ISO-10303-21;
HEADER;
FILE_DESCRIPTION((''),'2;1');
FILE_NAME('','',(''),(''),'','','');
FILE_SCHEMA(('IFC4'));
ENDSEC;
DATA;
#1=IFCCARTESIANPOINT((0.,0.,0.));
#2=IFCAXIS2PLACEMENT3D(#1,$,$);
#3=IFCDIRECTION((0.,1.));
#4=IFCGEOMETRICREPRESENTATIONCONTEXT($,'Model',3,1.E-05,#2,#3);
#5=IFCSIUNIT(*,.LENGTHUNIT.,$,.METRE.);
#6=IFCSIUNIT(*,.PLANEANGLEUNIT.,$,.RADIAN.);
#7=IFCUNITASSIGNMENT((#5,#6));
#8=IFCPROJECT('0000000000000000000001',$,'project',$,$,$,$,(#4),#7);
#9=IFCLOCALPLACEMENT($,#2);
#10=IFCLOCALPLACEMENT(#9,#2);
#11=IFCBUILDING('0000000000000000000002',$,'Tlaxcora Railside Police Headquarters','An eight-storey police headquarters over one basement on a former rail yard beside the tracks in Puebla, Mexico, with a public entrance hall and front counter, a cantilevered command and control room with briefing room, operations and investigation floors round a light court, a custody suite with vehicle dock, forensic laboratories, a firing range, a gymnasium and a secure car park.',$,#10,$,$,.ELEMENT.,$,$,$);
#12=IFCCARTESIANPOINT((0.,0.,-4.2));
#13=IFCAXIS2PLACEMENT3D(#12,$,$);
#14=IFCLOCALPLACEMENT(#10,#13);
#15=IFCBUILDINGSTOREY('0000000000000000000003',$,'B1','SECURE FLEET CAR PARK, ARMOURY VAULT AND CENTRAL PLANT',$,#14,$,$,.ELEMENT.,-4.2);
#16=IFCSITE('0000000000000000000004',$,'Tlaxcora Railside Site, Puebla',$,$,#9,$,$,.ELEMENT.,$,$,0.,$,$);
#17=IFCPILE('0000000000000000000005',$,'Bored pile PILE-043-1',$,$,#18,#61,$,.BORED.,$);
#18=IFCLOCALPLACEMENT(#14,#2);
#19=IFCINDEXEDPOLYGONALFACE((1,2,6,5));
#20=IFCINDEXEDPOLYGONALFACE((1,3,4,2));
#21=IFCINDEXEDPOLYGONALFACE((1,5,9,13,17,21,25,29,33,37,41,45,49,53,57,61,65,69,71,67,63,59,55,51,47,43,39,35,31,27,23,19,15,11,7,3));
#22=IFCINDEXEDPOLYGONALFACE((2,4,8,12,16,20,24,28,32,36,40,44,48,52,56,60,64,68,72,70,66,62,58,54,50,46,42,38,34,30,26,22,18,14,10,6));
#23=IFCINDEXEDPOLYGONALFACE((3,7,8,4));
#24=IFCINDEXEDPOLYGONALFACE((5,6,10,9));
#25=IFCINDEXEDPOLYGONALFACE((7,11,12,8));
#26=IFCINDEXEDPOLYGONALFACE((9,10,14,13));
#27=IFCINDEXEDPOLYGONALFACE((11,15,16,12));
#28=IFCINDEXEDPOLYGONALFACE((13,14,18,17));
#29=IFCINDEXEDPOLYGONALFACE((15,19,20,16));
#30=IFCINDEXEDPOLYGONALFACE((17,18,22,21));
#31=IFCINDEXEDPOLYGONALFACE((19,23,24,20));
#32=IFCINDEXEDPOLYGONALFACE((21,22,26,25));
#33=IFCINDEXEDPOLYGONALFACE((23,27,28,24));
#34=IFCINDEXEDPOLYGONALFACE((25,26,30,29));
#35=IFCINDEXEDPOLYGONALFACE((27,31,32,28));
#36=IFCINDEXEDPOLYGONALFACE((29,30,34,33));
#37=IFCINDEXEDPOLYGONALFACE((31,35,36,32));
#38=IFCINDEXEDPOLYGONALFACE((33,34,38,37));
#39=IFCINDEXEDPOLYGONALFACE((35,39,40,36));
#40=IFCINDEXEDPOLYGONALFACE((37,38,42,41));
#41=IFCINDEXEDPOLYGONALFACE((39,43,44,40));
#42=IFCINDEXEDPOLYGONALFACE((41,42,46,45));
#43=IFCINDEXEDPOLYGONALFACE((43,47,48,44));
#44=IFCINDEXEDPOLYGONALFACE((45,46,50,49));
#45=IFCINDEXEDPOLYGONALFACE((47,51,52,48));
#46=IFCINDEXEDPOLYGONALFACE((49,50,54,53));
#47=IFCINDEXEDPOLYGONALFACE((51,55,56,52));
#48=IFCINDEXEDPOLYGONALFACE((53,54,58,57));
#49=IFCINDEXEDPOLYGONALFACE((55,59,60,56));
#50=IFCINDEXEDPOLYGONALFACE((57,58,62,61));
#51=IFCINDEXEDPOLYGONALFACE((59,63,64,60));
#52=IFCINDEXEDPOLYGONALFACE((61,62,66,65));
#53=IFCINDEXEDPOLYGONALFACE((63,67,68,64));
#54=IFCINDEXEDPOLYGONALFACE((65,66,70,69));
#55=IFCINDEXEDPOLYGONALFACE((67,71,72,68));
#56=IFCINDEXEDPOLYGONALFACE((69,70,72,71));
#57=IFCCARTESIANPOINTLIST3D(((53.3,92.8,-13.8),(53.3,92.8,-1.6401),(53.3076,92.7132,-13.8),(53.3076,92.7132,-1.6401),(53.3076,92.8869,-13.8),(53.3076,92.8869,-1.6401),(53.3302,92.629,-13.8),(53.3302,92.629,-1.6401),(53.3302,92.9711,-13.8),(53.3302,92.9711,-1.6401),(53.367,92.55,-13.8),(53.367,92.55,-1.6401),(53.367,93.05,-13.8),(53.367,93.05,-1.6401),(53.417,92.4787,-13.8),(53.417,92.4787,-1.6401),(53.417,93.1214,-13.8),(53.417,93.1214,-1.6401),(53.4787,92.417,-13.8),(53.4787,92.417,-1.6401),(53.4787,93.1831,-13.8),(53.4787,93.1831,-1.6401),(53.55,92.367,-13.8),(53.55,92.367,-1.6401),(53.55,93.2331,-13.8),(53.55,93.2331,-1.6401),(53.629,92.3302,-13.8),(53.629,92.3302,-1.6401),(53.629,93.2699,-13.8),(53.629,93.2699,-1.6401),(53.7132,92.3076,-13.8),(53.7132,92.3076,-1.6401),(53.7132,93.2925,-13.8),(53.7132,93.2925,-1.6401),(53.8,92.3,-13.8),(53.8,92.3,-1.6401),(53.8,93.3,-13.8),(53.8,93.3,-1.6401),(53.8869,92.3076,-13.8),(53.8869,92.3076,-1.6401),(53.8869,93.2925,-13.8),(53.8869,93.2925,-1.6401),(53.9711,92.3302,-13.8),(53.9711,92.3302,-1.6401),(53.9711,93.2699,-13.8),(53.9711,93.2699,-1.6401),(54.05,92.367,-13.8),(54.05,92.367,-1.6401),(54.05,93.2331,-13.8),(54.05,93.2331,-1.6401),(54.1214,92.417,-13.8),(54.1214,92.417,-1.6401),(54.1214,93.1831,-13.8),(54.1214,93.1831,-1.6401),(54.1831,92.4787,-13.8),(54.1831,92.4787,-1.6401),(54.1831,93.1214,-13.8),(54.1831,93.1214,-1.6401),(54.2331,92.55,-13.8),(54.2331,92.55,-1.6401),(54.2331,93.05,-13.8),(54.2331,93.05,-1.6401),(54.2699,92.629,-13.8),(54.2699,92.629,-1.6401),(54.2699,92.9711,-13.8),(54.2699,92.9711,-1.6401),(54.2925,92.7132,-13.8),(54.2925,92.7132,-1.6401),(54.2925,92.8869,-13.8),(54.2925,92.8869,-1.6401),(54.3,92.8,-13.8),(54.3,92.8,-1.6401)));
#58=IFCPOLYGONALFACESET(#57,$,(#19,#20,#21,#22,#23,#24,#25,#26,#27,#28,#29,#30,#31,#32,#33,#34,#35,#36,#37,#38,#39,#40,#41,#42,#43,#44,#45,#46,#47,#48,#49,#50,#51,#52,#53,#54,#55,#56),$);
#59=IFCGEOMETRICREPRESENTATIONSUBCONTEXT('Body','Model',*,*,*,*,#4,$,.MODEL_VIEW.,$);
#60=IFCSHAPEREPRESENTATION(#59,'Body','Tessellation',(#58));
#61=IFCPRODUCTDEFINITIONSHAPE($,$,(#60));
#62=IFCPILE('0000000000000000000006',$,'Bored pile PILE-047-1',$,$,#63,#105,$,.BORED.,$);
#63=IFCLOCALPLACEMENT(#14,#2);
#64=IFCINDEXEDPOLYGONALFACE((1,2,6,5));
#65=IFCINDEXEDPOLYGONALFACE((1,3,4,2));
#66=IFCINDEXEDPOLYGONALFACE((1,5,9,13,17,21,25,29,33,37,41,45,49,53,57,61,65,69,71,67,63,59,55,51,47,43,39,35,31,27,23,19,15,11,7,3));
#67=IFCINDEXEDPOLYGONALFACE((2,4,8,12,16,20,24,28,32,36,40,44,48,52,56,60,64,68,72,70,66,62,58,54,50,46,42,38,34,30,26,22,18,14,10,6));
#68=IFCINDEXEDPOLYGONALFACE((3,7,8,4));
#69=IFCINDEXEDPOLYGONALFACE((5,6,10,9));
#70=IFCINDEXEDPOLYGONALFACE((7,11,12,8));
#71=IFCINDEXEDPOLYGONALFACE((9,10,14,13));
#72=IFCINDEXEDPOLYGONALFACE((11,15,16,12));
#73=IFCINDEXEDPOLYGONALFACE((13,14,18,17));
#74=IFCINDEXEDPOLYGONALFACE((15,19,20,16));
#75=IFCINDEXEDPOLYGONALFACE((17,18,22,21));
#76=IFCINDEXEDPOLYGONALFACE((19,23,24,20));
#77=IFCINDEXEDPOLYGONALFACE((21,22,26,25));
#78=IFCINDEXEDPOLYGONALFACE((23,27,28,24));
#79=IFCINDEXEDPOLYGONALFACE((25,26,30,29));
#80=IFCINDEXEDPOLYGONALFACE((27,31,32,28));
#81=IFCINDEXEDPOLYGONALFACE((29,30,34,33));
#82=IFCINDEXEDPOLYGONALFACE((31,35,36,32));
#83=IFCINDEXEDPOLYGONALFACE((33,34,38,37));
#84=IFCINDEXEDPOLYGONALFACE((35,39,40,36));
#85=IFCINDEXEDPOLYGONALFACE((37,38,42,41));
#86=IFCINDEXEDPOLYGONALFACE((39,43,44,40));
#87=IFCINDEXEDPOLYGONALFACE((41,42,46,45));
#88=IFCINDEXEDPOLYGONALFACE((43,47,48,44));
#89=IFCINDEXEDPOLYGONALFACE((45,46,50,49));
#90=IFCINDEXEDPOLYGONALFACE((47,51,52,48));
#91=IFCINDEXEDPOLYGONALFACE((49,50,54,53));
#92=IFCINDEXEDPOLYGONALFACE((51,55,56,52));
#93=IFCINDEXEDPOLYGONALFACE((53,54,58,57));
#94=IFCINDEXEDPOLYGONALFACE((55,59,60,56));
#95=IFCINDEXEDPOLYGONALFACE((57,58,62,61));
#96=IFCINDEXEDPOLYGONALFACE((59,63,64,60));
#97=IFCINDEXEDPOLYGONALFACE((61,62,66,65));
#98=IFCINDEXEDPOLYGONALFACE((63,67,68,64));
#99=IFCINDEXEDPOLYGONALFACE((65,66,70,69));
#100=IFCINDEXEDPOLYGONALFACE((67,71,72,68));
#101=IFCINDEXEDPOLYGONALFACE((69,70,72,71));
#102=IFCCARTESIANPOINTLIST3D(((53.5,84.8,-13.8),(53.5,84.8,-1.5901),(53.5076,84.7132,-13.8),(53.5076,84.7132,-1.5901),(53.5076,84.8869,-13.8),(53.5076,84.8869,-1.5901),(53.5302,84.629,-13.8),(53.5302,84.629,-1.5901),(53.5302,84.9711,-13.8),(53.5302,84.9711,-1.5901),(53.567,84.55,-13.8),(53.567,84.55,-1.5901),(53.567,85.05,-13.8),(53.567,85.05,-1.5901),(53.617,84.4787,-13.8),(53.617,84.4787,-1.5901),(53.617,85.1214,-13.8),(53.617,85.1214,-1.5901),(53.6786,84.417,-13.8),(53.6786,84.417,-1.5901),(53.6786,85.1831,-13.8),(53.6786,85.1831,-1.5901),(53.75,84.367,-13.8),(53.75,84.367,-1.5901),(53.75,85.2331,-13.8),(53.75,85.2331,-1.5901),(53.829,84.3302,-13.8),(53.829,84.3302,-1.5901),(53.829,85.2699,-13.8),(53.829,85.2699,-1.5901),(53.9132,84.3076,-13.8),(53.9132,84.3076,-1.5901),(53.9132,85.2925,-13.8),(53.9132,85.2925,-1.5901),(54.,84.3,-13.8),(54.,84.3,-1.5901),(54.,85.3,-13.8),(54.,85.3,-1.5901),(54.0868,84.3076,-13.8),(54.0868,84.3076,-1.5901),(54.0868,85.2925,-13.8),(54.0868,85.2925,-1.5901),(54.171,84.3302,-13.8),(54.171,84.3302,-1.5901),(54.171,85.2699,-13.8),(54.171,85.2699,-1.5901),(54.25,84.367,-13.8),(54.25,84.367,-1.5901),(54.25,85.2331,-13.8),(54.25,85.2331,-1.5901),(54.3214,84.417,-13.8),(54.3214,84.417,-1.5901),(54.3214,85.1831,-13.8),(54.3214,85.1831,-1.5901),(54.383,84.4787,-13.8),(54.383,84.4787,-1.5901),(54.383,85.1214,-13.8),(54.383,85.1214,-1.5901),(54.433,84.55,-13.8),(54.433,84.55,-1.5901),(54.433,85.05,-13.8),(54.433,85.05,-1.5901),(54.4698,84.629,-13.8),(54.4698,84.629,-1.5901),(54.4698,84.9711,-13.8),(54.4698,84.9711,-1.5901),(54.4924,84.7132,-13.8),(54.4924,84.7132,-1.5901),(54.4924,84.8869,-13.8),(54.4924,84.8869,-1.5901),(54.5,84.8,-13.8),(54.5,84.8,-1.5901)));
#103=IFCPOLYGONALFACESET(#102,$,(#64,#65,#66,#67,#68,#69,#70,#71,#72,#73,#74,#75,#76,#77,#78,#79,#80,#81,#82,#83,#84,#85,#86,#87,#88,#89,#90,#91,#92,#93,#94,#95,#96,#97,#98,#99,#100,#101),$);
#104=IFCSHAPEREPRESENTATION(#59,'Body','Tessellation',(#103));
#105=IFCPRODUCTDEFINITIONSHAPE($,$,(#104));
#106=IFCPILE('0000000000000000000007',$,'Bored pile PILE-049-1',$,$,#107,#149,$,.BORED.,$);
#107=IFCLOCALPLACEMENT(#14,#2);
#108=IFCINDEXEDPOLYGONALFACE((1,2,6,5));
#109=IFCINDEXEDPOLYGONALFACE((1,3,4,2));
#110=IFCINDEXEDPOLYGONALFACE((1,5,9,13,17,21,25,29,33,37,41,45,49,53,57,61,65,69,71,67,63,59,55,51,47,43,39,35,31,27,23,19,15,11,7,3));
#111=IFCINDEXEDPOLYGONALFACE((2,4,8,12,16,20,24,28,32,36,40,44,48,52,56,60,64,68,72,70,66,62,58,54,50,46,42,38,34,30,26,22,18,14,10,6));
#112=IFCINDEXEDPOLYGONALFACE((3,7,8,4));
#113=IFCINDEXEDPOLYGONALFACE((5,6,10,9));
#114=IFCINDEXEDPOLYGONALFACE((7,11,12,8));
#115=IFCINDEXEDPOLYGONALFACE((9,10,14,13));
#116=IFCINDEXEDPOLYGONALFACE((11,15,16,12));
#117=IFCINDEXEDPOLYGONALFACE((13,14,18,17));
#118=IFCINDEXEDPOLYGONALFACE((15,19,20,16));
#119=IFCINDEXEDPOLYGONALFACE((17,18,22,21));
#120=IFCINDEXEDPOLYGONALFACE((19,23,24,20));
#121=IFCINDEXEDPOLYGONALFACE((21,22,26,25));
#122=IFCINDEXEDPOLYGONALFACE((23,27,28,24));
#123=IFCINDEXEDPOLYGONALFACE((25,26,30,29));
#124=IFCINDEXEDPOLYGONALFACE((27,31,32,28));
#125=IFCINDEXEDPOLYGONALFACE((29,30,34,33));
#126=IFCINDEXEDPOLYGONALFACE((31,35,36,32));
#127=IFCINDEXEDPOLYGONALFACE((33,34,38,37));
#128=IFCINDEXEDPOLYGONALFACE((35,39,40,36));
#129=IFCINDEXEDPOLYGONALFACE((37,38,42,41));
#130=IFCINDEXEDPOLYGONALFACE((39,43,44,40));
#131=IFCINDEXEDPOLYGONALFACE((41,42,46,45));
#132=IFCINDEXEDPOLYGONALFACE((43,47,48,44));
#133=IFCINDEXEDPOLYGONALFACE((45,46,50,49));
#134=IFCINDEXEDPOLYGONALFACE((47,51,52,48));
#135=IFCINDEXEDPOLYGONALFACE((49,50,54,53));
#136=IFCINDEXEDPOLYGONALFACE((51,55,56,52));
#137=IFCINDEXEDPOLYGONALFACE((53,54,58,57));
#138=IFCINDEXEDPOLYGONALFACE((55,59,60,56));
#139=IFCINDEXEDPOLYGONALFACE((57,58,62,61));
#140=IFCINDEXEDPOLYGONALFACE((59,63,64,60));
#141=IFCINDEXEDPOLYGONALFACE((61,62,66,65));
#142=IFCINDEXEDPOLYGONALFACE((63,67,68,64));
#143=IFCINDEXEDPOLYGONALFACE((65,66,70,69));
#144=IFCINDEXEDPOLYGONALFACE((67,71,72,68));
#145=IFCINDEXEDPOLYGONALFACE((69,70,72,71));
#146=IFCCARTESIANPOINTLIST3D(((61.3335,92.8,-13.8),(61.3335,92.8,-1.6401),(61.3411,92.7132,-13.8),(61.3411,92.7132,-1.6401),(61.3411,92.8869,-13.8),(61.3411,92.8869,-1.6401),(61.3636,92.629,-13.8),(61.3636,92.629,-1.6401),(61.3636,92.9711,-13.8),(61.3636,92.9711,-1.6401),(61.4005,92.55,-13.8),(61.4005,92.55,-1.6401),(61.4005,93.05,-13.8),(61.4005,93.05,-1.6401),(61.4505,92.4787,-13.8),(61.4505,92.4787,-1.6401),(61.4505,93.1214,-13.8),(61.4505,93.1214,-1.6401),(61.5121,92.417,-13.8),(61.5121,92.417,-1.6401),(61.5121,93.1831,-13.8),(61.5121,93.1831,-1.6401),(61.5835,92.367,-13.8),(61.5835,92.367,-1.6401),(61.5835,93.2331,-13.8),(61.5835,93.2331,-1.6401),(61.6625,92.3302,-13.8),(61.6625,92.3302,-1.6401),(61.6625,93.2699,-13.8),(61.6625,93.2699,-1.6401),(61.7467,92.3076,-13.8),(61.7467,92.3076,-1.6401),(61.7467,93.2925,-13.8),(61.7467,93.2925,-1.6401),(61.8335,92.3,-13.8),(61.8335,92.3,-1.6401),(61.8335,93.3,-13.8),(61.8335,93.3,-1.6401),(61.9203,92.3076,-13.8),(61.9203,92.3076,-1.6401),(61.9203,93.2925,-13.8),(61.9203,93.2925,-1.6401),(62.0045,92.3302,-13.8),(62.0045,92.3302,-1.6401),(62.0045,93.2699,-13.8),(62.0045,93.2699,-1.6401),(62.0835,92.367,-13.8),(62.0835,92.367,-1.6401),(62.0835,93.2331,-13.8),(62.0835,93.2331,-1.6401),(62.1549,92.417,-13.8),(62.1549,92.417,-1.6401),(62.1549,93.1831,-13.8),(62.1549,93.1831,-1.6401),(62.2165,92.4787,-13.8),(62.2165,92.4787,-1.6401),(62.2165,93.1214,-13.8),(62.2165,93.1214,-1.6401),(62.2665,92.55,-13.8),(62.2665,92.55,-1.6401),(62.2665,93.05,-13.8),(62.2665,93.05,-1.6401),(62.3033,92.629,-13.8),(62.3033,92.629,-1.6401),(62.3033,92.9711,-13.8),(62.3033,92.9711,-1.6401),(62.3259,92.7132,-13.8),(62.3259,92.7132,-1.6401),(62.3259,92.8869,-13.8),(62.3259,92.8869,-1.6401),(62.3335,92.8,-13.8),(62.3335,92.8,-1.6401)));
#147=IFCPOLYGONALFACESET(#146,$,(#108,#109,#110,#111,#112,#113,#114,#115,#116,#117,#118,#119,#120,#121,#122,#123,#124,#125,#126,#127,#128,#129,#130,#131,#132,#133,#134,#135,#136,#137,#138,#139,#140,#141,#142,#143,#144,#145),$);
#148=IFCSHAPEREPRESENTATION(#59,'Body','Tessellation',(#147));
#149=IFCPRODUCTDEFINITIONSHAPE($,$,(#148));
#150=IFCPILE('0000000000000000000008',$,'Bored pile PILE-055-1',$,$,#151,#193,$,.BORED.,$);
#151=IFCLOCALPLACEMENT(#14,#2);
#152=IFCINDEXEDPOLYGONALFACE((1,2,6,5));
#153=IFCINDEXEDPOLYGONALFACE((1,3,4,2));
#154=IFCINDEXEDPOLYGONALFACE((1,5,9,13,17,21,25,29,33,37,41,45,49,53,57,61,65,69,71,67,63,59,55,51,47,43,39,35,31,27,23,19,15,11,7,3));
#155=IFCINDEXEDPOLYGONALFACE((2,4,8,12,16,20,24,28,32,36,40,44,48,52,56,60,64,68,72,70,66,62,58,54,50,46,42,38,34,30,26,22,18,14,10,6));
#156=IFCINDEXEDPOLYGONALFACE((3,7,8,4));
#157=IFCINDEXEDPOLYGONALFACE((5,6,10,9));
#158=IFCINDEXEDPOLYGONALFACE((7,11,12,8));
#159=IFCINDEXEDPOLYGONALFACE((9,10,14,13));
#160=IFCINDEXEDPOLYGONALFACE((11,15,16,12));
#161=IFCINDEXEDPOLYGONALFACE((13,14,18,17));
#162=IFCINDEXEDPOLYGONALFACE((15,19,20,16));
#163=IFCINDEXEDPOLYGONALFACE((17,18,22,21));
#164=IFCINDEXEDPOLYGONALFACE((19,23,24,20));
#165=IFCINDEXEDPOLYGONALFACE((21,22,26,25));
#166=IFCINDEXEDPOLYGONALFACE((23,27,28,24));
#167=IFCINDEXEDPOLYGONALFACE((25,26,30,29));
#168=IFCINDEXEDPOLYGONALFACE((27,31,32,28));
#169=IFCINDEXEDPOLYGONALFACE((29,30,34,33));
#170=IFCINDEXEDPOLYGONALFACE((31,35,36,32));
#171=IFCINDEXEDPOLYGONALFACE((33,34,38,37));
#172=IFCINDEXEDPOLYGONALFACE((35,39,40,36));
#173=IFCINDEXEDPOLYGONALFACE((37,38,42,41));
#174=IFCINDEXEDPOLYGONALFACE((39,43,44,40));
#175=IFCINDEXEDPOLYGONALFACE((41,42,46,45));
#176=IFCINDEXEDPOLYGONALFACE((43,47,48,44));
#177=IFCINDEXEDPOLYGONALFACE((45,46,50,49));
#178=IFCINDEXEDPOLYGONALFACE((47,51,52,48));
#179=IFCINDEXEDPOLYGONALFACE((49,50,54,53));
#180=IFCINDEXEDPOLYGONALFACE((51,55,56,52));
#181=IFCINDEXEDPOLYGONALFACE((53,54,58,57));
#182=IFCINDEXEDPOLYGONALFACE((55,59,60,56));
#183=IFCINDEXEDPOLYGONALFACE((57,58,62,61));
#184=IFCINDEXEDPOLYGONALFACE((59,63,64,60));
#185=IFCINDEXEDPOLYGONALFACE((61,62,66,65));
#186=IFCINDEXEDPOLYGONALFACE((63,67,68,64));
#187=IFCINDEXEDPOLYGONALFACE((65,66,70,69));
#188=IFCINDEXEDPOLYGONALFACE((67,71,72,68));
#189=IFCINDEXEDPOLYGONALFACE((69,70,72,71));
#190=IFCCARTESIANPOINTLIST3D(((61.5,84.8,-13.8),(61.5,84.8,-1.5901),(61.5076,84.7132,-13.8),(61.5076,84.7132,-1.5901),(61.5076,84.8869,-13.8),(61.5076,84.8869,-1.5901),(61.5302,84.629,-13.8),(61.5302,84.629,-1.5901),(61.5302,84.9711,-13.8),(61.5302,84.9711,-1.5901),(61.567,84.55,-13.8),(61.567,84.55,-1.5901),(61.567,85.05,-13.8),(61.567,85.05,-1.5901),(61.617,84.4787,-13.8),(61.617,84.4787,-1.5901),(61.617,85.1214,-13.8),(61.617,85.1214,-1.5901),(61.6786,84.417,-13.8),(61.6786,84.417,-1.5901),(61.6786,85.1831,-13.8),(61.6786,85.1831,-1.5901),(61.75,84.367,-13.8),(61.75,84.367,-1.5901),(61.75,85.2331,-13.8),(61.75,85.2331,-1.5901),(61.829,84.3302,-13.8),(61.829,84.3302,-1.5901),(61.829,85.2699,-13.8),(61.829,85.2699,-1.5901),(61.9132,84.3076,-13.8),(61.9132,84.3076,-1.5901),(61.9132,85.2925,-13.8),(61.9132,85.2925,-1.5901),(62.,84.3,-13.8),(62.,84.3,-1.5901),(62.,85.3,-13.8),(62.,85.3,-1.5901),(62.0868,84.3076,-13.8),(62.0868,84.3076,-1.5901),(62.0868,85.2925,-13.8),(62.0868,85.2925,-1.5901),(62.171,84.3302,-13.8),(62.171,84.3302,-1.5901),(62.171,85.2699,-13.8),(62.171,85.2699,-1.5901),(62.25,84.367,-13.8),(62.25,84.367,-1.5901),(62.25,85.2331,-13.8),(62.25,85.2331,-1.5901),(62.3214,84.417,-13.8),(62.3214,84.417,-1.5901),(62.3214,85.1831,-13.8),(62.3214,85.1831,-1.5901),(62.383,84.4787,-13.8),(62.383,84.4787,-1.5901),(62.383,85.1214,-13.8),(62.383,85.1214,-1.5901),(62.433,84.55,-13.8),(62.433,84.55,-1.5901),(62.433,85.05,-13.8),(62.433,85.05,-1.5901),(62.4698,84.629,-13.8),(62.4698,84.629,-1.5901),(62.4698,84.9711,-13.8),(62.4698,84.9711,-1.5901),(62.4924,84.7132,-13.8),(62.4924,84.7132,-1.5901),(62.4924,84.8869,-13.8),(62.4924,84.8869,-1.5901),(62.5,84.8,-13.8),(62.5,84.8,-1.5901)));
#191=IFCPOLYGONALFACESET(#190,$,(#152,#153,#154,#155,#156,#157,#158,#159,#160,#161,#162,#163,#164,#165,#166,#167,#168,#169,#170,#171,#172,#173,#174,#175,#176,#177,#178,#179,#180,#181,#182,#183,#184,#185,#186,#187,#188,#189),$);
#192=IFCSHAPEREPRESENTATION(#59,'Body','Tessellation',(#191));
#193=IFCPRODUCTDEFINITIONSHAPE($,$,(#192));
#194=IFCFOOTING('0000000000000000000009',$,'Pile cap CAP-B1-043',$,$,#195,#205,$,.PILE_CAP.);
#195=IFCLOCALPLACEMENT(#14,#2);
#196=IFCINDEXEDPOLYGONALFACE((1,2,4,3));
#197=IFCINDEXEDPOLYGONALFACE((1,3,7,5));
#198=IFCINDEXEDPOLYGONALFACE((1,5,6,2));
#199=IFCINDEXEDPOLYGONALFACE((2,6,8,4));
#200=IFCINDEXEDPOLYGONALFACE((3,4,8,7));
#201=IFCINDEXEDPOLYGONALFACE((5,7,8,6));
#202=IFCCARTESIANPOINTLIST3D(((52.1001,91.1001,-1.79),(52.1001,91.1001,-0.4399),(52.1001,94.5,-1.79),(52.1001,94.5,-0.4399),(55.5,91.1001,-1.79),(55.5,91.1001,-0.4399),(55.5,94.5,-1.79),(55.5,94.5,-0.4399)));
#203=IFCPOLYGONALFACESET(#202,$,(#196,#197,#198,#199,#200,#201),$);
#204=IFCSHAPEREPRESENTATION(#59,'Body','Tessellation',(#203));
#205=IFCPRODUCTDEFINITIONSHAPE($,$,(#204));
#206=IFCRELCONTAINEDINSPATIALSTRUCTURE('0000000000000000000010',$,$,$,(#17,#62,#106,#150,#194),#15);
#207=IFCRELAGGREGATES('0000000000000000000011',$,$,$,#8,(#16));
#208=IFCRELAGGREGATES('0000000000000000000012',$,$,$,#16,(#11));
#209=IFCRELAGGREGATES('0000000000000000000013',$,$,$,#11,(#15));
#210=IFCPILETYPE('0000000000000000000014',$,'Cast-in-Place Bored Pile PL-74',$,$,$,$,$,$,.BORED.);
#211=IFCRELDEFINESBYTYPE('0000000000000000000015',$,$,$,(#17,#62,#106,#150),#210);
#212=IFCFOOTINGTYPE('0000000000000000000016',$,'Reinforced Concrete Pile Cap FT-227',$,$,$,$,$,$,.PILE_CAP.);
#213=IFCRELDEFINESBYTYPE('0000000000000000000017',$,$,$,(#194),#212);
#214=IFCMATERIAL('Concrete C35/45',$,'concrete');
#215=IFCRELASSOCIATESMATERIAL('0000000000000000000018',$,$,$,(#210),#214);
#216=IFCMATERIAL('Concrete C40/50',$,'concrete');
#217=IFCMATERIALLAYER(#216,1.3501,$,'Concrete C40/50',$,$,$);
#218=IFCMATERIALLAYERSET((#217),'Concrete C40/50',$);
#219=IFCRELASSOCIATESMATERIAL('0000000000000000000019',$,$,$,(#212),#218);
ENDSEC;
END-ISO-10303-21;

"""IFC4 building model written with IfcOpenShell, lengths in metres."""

from ifc_helpers import new_model, si_unit, direction, frame, origin, origin_2d, place, context, subcontext, project, spatial, rectangle, circle, extrude, material, layer, layer_set, material_profile, profile_set, type_object, element, save


model = new_model("IFC4")

# Units and contexts
model_context = context("Model", 3, precision=1e-05, world=origin(), true_north=direction((0.0, 1.0)))
body_context = subcontext(model_context, "Body", "Model", "MODEL_VIEW")
ifc_project = project(units=[si_unit("LENGTHUNIT", "METRE"), si_unit("PLANEANGLEUNIT", "RADIAN")], contexts=[model_context])

# Site, building, storey
site_placement = place(None, origin())
site = spatial("IfcSite", under=ifc_project, at=site_placement, Name="Tlaxcora Railside Site, Puebla", CompositionType="ELEMENT", RefElevation=0.0)
building_placement = place(site_placement, origin())
building = spatial("IfcBuilding", under=site, at=building_placement, Name="Tlaxcora Railside Police Headquarters", Description="An eight-storey police headquarters over one basement on a former rail yard beside the tracks in Puebla, Mexico, with a public entrance hall and front counter, a cantilevered command and control room with briefing room, operations and investigation floors round a light court, a custody suite with vehicle dock, forensic laboratories, a firing range, a gymnasium and a secure car park.", CompositionType="ELEMENT")
storey_placement = place(building_placement, frame((0.0, 0.0, -4.2)))
storey = spatial("IfcBuildingStorey", under=building, at=storey_placement, Name="B1", Description="SECURE FLEET CAR PARK, ARMOURY VAULT AND CENTRAL PLANT", CompositionType="ELEMENT", Elevation=-4.2)

# Piles
ifc_material_1 = material(Name="Concrete C35/45", Category="concrete")
ifc_material_profile_1 = material_profile(ifc_material_1, circle(Radius=0.5, at=origin_2d()), Name="PILE1000")
ifc_profile_set_1 = profile_set([ifc_material_profile_1], Name="Concrete C35/45")
pile_type = type_object("IfcPileType", Name="Cast-in-Place Bored Pile PL-74", PredefinedType="BORED", material=ifc_profile_set_1)
pile_1_placement = place(storey_placement, frame((53.8, 92.8, -1.6401), z_axis=(0.0, 0.0, -1.0), x_axis=(1.0, 0.0, 0.0)))
element("IfcPile", 1, at=pile_1_placement, inside=storey, type_object=pile_type, Name="Bored pile PILE-043-1", PredefinedType="BORED", context=body_context, shape_type="SweptSolid", body=[
    extrude(circle(Radius=0.5, at=origin_2d()), origin(), (0.0, 0.0, 1.0), 12.1599),
])
pile_2_placement = place(storey_placement, frame((54.0, 84.8, -1.5901), z_axis=(0.0, 0.0, -1.0), x_axis=(1.0, 0.0, 0.0)))
element("IfcPile", 2, at=pile_2_placement, inside=storey, type_object=pile_type, Name="Bored pile PILE-047-1", PredefinedType="BORED", context=body_context, shape_type="SweptSolid", body=[
    extrude(circle(Radius=0.5, at=origin_2d()), origin(), (0.0, 0.0, 1.0), 12.21),
])
pile_3_placement = place(storey_placement, frame((61.8335, 92.8, -1.6401), z_axis=(0.0, 0.0, -1.0), x_axis=(1.0, 0.0, 0.0)))
element("IfcPile", 3, at=pile_3_placement, inside=storey, type_object=pile_type, Name="Bored pile PILE-049-1", PredefinedType="BORED", context=body_context, shape_type="SweptSolid", body=[
    extrude(circle(Radius=0.5, at=origin_2d()), origin(), (0.0, 0.0, 1.0), 12.1599),
])
pile_4_placement = place(storey_placement, frame((62.0, 84.8, -1.5901), z_axis=(0.0, 0.0, -1.0), x_axis=(1.0, 0.0, 0.0)))
element("IfcPile", 4, at=pile_4_placement, inside=storey, type_object=pile_type, Name="Bored pile PILE-055-1", PredefinedType="BORED", context=body_context, shape_type="SweptSolid", body=[
    extrude(circle(Radius=0.5, at=origin_2d()), origin(), (0.0, 0.0, 1.0), 12.21),
])

# Footing
ifc_material_2 = material(Name="Concrete C40/50", Category="concrete")
ifc_layer_1 = layer(ifc_material_2, 1.3501, Name="Concrete C40/50")
ifc_layer_set_1 = layer_set([ifc_layer_1], Name="Concrete C40/50")
footing_type_1 = type_object("IfcFootingType", Name="Reinforced Concrete Pile Cap FT-227", PredefinedType="PILE_CAP", material=ifc_layer_set_1)
for number, where, z_axis, x_axis, name in (
    (5, (53.8, 92.8, -1.79), (0.0, 0.0, 1.0), (1.0, 0.0, 0.0), "Pile cap CAP-B1-043"),
):
    element("IfcFooting", number, at=place(storey_placement, frame(where, z_axis=z_axis, x_axis=x_axis)), inside=storey, type_object=footing_type_1, Name=name, PredefinedType="PILE_CAP", context=body_context, shape_type="SweptSolid", body=[
        extrude(rectangle(XDim=3.3999, YDim=3.3999, at=origin_2d()), origin(), (0.0, 0.0, 1.0), 1.3501),
    ])

save(model, "model.ifc")
